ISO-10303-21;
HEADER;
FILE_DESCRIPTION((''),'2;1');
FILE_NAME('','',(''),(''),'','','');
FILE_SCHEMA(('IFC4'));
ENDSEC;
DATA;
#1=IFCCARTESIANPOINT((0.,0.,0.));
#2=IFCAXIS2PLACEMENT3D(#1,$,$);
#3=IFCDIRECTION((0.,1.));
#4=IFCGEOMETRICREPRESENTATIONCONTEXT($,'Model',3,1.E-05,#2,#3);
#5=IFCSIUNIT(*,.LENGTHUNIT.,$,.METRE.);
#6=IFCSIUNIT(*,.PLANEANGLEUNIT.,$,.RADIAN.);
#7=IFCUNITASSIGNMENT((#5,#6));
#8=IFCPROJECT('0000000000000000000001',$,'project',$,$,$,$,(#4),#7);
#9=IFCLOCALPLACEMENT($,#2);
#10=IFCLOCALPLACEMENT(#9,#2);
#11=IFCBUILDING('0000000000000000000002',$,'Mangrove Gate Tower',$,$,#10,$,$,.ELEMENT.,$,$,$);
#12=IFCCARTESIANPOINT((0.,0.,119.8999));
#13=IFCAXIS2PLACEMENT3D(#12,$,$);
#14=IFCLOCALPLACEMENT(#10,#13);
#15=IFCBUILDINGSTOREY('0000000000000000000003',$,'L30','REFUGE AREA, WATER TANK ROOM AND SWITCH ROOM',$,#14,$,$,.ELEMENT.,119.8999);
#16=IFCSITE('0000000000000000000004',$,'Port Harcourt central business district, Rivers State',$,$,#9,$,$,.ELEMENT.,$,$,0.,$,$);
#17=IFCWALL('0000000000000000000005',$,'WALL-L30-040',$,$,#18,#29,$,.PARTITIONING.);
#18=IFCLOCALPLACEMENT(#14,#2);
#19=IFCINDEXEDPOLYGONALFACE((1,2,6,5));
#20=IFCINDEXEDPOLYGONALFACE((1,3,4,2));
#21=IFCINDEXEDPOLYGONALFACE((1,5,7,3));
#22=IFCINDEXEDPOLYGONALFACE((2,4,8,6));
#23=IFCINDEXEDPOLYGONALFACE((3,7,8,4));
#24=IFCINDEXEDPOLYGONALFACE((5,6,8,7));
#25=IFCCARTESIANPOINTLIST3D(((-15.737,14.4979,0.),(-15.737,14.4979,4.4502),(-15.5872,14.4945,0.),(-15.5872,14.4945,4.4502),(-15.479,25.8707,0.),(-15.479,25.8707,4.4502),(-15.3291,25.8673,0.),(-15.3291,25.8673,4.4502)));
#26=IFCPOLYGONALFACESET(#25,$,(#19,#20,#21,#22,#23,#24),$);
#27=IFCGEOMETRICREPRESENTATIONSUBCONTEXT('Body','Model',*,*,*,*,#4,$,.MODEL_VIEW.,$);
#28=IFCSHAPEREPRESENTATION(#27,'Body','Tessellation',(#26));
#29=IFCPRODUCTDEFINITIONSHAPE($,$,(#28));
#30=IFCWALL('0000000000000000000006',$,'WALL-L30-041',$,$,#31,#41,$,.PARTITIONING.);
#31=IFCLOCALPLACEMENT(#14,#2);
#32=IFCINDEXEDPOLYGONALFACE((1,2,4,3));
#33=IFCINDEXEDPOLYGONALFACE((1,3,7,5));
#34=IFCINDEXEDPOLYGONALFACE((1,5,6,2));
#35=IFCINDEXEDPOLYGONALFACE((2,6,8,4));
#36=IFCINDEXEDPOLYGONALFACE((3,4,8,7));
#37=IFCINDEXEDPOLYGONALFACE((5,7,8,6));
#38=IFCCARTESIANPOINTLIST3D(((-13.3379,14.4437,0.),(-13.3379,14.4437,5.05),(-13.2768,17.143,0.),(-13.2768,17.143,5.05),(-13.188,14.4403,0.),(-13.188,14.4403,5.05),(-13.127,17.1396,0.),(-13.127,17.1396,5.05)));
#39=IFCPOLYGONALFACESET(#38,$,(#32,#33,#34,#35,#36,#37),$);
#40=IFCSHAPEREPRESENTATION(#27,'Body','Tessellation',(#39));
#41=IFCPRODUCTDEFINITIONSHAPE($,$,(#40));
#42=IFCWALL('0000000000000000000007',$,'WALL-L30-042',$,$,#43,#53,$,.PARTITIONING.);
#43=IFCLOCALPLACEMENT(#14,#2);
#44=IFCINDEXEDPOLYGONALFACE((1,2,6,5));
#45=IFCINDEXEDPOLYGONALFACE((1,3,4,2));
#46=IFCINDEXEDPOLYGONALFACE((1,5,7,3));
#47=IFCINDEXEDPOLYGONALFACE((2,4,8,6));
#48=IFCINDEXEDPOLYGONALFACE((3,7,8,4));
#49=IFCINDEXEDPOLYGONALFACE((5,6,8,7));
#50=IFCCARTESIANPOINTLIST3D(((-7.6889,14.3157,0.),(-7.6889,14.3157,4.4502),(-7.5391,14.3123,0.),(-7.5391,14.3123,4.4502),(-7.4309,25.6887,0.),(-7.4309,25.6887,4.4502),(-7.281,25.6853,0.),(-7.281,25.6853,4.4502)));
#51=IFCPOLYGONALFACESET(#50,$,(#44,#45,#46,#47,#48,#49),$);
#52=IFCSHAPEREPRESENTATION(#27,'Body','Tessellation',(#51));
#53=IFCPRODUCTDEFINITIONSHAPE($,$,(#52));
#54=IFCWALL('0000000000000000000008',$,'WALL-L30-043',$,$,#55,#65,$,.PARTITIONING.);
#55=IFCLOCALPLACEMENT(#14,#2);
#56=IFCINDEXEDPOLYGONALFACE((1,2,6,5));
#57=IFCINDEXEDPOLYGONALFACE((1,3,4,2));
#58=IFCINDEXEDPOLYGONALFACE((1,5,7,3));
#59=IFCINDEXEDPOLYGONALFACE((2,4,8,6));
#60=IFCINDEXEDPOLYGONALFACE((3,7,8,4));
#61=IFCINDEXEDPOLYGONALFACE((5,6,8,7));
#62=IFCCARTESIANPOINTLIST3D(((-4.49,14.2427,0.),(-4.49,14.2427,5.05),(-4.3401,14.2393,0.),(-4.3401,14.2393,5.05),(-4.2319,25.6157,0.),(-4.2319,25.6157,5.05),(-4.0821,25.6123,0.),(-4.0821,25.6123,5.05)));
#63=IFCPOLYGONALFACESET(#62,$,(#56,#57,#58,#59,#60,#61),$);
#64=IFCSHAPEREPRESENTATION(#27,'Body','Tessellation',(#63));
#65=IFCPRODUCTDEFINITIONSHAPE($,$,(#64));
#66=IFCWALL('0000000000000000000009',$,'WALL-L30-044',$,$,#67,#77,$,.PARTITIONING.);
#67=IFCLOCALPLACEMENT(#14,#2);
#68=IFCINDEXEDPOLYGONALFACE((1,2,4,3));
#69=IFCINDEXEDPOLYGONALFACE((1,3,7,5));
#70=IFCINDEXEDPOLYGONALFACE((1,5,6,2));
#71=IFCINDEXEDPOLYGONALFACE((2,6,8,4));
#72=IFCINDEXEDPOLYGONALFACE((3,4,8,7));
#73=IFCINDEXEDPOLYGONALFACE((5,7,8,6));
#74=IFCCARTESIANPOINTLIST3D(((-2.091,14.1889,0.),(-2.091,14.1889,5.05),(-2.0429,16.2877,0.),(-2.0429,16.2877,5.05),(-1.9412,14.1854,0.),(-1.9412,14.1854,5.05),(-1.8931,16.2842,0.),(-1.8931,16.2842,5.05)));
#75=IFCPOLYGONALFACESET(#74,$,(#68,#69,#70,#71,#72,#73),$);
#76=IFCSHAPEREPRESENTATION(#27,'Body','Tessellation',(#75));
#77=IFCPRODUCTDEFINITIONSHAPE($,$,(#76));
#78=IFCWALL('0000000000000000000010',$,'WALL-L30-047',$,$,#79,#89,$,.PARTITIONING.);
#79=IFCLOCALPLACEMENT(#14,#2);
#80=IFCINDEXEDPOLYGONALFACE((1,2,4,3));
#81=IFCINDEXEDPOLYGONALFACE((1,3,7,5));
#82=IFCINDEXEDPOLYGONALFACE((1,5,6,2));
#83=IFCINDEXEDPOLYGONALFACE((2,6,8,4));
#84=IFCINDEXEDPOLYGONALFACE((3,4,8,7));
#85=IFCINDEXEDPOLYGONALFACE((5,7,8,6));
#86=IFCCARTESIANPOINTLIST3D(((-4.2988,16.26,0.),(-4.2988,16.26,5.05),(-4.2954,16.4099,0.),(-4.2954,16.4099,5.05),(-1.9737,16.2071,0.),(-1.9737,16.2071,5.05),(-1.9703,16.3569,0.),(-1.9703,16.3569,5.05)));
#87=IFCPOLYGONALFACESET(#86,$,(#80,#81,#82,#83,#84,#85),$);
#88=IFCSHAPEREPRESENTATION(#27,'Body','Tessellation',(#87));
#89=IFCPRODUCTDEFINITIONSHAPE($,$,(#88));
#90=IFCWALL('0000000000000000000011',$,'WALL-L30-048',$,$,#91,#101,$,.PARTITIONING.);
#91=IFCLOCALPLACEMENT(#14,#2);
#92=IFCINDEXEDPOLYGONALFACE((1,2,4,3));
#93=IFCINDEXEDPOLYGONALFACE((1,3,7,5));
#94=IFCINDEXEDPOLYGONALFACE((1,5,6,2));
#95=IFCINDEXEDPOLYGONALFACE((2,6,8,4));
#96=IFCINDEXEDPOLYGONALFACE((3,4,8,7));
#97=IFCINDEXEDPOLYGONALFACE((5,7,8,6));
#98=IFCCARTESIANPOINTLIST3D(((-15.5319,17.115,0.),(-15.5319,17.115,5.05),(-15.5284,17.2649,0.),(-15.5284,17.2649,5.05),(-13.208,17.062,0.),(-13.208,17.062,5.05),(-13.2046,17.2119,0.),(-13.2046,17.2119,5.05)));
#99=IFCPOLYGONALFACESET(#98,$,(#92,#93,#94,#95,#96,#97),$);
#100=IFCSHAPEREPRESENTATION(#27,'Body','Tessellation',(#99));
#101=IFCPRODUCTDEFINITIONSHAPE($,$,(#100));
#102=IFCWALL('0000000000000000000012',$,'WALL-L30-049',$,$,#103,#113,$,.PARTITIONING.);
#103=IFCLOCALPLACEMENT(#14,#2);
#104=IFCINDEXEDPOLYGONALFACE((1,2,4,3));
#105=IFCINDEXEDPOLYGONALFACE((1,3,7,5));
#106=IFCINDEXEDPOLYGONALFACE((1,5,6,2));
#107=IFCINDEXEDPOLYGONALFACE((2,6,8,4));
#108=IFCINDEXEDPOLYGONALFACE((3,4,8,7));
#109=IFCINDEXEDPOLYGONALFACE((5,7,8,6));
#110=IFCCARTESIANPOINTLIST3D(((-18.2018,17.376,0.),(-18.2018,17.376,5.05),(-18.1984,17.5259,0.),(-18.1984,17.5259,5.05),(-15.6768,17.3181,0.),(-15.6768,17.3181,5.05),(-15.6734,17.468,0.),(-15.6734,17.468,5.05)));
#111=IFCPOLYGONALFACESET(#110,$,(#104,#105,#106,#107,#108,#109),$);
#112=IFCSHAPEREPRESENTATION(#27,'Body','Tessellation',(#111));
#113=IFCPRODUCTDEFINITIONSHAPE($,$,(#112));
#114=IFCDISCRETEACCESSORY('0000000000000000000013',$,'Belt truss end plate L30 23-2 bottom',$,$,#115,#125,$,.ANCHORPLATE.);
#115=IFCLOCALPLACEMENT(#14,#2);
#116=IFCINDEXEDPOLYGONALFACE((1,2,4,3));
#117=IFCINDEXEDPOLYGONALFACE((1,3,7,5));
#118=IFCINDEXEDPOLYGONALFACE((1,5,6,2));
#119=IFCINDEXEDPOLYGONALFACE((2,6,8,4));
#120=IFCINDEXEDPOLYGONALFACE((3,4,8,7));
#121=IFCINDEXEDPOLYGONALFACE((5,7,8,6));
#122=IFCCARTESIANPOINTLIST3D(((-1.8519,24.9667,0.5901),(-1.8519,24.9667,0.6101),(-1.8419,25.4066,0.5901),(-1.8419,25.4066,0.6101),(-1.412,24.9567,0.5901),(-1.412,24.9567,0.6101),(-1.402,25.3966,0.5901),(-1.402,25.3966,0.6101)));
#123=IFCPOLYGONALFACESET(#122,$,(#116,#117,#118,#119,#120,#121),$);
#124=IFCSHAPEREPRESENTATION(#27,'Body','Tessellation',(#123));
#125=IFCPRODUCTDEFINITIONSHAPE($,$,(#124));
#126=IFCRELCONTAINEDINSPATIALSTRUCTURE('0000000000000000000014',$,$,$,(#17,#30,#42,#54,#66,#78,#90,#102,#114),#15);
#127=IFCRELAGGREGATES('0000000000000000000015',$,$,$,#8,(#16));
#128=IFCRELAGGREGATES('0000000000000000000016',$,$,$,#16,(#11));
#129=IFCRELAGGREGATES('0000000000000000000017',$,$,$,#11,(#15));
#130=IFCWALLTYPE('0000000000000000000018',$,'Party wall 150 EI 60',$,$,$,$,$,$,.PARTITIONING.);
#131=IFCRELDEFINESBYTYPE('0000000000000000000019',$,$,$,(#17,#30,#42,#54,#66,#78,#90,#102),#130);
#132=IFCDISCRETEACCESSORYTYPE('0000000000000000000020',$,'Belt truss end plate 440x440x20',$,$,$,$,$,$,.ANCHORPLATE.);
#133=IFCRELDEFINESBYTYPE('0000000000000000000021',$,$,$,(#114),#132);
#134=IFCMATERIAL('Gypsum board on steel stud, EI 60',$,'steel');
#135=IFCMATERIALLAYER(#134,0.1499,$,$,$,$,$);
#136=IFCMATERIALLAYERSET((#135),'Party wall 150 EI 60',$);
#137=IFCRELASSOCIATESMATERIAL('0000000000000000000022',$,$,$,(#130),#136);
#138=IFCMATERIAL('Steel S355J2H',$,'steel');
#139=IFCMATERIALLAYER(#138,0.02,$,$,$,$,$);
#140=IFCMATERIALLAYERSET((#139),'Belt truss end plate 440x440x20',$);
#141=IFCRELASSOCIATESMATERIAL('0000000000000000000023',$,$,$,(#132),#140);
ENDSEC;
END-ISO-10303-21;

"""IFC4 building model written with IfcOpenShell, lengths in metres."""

from ifc_helpers import new_model, si_unit, direction, frame, frame_2d, origin, origin_2d, place, context, subcontext, project, spatial, rectangle, extrude, material, layer, layer_set, type_object, element, save


model = new_model("IFC4")

# Units and contexts
model_context = context("Model", 3, precision=1e-05, world=origin(), true_north=direction((0.0, 1.0)))
body_context = subcontext(model_context, "Body", "Model", "MODEL_VIEW")
ifc_project = project(units=[si_unit("LENGTHUNIT", "METRE"), si_unit("PLANEANGLEUNIT", "RADIAN")], contexts=[model_context])

# Site, building, storey
site_placement = place(None, origin())
site = spatial("IfcSite", under=ifc_project, at=site_placement, Name="Port Harcourt central business district, Rivers State", CompositionType="ELEMENT", RefElevation=0.0)
building_placement = place(site_placement, origin())
building = spatial("IfcBuilding", under=site, at=building_placement, Name="Mangrove Gate Tower", CompositionType="ELEMENT")
storey_placement = place(building_placement, frame((0.0, 0.0, 119.8999)))
storey = spatial("IfcBuildingStorey", under=building, at=storey_placement, Name="L30", Description="REFUGE AREA, WATER TANK ROOM AND SWITCH ROOM", CompositionType="ELEMENT", Elevation=119.8999)

# Walls
ifc_material_1 = material(Name="Gypsum board on steel stud, EI 60", Category="steel")
ifc_layer_1 = layer(ifc_material_1, 0.1499)
ifc_layer_set_1 = layer_set([ifc_layer_1], Name="Party wall 150 EI 60")
wall_type_1 = type_object("IfcWallType", Name="Party wall 150 EI 60", PredefinedType="PARTITIONING", material=ifc_layer_set_1)
wall_1_placement = place(storey_placement, frame((-15.6621, 14.4961, 0.0), z_axis=(0.0, 0.0, 1.0), x_axis=(0.022685, 0.999743, 0.0)))
element("IfcWall", 1, at=wall_1_placement, inside=storey, type_object=wall_type_1, Name="WALL-L30-040", PredefinedType="PARTITIONING", context=body_context, shape_type="SweptSolid", body=[
    extrude(rectangle(XDim=11.3757, YDim=0.1499, at=frame_2d((5.688, 0.0))), origin(), (0.0, 0.0, 1.0), 4.4502),
])
wall_2_placement = place(storey_placement, frame((-13.2629, 14.4419, 0.0), z_axis=(0.0, 0.0, 1.0), x_axis=(0.022606, 0.999744, 0.0)))
element("IfcWall", 2, at=wall_2_placement, inside=storey, type_object=wall_type_1, Name="WALL-L30-041", PredefinedType="PARTITIONING", context=body_context, shape_type="SweptSolid", body=[
    extrude(rectangle(XDim=2.7, YDim=0.1499, at=frame_2d((1.3501, 0.0))), origin(), (0.0, 0.0, 1.0), 5.05),
])
wall_3_placement = place(storey_placement, frame((-7.614, 14.314, 0.0), z_axis=(0.0, 0.0, 1.0), x_axis=(0.022684, 0.999743, 0.0)))
element("IfcWall", 3, at=wall_3_placement, inside=storey, type_object=wall_type_1, Name="WALL-L30-042", PredefinedType="PARTITIONING", context=body_context, shape_type="SweptSolid", body=[
    extrude(rectangle(XDim=11.376, YDim=0.1499, at=frame_2d((5.688, 0.0))), origin(), (0.0, 0.0, 1.0), 4.4502),
])
wall_4_placement = place(storey_placement, frame((-4.415, 14.241, 0.0), z_axis=(0.0, 0.0, 1.0), x_axis=(0.022684, 0.999743, 0.0)))
element("IfcWall", 4, at=wall_4_placement, inside=storey, type_object=wall_type_1, Name="WALL-L30-043", PredefinedType="PARTITIONING", context=body_context, shape_type="SweptSolid", body=[
    extrude(rectangle(XDim=11.376, YDim=0.1499, at=frame_2d((5.688, 0.0))), origin(), (0.0, 0.0, 1.0), 5.05),
])
wall_5_placement = place(storey_placement, frame((-2.0161, 14.187, 0.0), z_axis=(0.0, 0.0, 1.0), x_axis=(0.022909, 0.999738, 0.0)))
element("IfcWall", 5, at=wall_5_placement, inside=storey, type_object=wall_type_1, Name="WALL-L30-044", PredefinedType="PARTITIONING", context=body_context, shape_type="SweptSolid", body=[
    extrude(rectangle(XDim=2.0994, YDim=0.1499, at=frame_2d((1.0498, 0.0))), origin(), (0.0, 0.0, 1.0), 5.05),
])
wall_6_placement = place(storey_placement, frame((-4.2971, 16.335, 0.0), z_axis=(0.0, 0.0, 1.0), x_axis=(0.999741, -0.022779, 0.0)))
element("IfcWall", 6, at=wall_6_placement, inside=storey, type_object=wall_type_1, Name="WALL-L30-047", PredefinedType="PARTITIONING", context=body_context, shape_type="SweptSolid", body=[
    extrude(rectangle(XDim=2.3257, YDim=0.1499, at=frame_2d((1.1628, 0.0))), origin(), (0.0, 0.0, 1.0), 5.05),
])
wall_7_placement = place(storey_placement, frame((-15.53, 17.1899, 0.0), z_axis=(0.0, 0.0, 1.0), x_axis=(0.99974, -0.022791, 0.0)))
element("IfcWall", 7, at=wall_7_placement, inside=storey, type_object=wall_type_1, Name="WALL-L30-048", PredefinedType="PARTITIONING", context=body_context, shape_type="SweptSolid", body=[
    extrude(rectangle(XDim=2.3245, YDim=0.1499, at=frame_2d((1.1621, 0.0))), origin(), (0.0, 0.0, 1.0), 5.05),
])
wall_8_placement = place(storey_placement, frame((-18.2, 17.4509, 0.0), z_axis=(0.0, 0.0, 1.0), x_axis=(0.999738, -0.02291, 0.0)))
element("IfcWall", 8, at=wall_8_placement, inside=storey, type_object=wall_type_1, Name="WALL-L30-049", PredefinedType="PARTITIONING", context=body_context, shape_type="SweptSolid", body=[
    extrude(rectangle(XDim=2.5256, YDim=0.1499, at=frame_2d((1.2627, 0.0))), origin(), (0.0, 0.0, 1.0), 5.05),
])

# Discrete accessory
ifc_material_2 = material(Name="Steel S355J2H", Category="steel")
ifc_layer_2 = layer(ifc_material_2, 0.02)
ifc_layer_set_2 = layer_set([ifc_layer_2], Name="Belt truss end plate 440x440x20")
discrete_accessory_type = type_object("IfcDiscreteAccessoryType", Name="Belt truss end plate 440x440x20", PredefinedType="ANCHORPLATE", material=ifc_layer_set_2)
discrete_accessory_placement = place(storey_placement, frame((-1.627, 25.1816, 0.5901), z_axis=(0.0, 0.0, 1.0), x_axis=(-0.999742, 0.022714, 0.0)))
element("IfcDiscreteAccessory", 9, at=discrete_accessory_placement, inside=storey, type_object=discrete_accessory_type, Name="Belt truss end plate L30 23-2 bottom", PredefinedType="ANCHORPLATE", context=body_context, shape_type="SweptSolid", body=[
    extrude(rectangle(XDim=0.4399, YDim=0.4399, at=origin_2d()), origin(), (0.0, 0.0, 1.0), 0.02),
])

save(model, "model.ifc")
